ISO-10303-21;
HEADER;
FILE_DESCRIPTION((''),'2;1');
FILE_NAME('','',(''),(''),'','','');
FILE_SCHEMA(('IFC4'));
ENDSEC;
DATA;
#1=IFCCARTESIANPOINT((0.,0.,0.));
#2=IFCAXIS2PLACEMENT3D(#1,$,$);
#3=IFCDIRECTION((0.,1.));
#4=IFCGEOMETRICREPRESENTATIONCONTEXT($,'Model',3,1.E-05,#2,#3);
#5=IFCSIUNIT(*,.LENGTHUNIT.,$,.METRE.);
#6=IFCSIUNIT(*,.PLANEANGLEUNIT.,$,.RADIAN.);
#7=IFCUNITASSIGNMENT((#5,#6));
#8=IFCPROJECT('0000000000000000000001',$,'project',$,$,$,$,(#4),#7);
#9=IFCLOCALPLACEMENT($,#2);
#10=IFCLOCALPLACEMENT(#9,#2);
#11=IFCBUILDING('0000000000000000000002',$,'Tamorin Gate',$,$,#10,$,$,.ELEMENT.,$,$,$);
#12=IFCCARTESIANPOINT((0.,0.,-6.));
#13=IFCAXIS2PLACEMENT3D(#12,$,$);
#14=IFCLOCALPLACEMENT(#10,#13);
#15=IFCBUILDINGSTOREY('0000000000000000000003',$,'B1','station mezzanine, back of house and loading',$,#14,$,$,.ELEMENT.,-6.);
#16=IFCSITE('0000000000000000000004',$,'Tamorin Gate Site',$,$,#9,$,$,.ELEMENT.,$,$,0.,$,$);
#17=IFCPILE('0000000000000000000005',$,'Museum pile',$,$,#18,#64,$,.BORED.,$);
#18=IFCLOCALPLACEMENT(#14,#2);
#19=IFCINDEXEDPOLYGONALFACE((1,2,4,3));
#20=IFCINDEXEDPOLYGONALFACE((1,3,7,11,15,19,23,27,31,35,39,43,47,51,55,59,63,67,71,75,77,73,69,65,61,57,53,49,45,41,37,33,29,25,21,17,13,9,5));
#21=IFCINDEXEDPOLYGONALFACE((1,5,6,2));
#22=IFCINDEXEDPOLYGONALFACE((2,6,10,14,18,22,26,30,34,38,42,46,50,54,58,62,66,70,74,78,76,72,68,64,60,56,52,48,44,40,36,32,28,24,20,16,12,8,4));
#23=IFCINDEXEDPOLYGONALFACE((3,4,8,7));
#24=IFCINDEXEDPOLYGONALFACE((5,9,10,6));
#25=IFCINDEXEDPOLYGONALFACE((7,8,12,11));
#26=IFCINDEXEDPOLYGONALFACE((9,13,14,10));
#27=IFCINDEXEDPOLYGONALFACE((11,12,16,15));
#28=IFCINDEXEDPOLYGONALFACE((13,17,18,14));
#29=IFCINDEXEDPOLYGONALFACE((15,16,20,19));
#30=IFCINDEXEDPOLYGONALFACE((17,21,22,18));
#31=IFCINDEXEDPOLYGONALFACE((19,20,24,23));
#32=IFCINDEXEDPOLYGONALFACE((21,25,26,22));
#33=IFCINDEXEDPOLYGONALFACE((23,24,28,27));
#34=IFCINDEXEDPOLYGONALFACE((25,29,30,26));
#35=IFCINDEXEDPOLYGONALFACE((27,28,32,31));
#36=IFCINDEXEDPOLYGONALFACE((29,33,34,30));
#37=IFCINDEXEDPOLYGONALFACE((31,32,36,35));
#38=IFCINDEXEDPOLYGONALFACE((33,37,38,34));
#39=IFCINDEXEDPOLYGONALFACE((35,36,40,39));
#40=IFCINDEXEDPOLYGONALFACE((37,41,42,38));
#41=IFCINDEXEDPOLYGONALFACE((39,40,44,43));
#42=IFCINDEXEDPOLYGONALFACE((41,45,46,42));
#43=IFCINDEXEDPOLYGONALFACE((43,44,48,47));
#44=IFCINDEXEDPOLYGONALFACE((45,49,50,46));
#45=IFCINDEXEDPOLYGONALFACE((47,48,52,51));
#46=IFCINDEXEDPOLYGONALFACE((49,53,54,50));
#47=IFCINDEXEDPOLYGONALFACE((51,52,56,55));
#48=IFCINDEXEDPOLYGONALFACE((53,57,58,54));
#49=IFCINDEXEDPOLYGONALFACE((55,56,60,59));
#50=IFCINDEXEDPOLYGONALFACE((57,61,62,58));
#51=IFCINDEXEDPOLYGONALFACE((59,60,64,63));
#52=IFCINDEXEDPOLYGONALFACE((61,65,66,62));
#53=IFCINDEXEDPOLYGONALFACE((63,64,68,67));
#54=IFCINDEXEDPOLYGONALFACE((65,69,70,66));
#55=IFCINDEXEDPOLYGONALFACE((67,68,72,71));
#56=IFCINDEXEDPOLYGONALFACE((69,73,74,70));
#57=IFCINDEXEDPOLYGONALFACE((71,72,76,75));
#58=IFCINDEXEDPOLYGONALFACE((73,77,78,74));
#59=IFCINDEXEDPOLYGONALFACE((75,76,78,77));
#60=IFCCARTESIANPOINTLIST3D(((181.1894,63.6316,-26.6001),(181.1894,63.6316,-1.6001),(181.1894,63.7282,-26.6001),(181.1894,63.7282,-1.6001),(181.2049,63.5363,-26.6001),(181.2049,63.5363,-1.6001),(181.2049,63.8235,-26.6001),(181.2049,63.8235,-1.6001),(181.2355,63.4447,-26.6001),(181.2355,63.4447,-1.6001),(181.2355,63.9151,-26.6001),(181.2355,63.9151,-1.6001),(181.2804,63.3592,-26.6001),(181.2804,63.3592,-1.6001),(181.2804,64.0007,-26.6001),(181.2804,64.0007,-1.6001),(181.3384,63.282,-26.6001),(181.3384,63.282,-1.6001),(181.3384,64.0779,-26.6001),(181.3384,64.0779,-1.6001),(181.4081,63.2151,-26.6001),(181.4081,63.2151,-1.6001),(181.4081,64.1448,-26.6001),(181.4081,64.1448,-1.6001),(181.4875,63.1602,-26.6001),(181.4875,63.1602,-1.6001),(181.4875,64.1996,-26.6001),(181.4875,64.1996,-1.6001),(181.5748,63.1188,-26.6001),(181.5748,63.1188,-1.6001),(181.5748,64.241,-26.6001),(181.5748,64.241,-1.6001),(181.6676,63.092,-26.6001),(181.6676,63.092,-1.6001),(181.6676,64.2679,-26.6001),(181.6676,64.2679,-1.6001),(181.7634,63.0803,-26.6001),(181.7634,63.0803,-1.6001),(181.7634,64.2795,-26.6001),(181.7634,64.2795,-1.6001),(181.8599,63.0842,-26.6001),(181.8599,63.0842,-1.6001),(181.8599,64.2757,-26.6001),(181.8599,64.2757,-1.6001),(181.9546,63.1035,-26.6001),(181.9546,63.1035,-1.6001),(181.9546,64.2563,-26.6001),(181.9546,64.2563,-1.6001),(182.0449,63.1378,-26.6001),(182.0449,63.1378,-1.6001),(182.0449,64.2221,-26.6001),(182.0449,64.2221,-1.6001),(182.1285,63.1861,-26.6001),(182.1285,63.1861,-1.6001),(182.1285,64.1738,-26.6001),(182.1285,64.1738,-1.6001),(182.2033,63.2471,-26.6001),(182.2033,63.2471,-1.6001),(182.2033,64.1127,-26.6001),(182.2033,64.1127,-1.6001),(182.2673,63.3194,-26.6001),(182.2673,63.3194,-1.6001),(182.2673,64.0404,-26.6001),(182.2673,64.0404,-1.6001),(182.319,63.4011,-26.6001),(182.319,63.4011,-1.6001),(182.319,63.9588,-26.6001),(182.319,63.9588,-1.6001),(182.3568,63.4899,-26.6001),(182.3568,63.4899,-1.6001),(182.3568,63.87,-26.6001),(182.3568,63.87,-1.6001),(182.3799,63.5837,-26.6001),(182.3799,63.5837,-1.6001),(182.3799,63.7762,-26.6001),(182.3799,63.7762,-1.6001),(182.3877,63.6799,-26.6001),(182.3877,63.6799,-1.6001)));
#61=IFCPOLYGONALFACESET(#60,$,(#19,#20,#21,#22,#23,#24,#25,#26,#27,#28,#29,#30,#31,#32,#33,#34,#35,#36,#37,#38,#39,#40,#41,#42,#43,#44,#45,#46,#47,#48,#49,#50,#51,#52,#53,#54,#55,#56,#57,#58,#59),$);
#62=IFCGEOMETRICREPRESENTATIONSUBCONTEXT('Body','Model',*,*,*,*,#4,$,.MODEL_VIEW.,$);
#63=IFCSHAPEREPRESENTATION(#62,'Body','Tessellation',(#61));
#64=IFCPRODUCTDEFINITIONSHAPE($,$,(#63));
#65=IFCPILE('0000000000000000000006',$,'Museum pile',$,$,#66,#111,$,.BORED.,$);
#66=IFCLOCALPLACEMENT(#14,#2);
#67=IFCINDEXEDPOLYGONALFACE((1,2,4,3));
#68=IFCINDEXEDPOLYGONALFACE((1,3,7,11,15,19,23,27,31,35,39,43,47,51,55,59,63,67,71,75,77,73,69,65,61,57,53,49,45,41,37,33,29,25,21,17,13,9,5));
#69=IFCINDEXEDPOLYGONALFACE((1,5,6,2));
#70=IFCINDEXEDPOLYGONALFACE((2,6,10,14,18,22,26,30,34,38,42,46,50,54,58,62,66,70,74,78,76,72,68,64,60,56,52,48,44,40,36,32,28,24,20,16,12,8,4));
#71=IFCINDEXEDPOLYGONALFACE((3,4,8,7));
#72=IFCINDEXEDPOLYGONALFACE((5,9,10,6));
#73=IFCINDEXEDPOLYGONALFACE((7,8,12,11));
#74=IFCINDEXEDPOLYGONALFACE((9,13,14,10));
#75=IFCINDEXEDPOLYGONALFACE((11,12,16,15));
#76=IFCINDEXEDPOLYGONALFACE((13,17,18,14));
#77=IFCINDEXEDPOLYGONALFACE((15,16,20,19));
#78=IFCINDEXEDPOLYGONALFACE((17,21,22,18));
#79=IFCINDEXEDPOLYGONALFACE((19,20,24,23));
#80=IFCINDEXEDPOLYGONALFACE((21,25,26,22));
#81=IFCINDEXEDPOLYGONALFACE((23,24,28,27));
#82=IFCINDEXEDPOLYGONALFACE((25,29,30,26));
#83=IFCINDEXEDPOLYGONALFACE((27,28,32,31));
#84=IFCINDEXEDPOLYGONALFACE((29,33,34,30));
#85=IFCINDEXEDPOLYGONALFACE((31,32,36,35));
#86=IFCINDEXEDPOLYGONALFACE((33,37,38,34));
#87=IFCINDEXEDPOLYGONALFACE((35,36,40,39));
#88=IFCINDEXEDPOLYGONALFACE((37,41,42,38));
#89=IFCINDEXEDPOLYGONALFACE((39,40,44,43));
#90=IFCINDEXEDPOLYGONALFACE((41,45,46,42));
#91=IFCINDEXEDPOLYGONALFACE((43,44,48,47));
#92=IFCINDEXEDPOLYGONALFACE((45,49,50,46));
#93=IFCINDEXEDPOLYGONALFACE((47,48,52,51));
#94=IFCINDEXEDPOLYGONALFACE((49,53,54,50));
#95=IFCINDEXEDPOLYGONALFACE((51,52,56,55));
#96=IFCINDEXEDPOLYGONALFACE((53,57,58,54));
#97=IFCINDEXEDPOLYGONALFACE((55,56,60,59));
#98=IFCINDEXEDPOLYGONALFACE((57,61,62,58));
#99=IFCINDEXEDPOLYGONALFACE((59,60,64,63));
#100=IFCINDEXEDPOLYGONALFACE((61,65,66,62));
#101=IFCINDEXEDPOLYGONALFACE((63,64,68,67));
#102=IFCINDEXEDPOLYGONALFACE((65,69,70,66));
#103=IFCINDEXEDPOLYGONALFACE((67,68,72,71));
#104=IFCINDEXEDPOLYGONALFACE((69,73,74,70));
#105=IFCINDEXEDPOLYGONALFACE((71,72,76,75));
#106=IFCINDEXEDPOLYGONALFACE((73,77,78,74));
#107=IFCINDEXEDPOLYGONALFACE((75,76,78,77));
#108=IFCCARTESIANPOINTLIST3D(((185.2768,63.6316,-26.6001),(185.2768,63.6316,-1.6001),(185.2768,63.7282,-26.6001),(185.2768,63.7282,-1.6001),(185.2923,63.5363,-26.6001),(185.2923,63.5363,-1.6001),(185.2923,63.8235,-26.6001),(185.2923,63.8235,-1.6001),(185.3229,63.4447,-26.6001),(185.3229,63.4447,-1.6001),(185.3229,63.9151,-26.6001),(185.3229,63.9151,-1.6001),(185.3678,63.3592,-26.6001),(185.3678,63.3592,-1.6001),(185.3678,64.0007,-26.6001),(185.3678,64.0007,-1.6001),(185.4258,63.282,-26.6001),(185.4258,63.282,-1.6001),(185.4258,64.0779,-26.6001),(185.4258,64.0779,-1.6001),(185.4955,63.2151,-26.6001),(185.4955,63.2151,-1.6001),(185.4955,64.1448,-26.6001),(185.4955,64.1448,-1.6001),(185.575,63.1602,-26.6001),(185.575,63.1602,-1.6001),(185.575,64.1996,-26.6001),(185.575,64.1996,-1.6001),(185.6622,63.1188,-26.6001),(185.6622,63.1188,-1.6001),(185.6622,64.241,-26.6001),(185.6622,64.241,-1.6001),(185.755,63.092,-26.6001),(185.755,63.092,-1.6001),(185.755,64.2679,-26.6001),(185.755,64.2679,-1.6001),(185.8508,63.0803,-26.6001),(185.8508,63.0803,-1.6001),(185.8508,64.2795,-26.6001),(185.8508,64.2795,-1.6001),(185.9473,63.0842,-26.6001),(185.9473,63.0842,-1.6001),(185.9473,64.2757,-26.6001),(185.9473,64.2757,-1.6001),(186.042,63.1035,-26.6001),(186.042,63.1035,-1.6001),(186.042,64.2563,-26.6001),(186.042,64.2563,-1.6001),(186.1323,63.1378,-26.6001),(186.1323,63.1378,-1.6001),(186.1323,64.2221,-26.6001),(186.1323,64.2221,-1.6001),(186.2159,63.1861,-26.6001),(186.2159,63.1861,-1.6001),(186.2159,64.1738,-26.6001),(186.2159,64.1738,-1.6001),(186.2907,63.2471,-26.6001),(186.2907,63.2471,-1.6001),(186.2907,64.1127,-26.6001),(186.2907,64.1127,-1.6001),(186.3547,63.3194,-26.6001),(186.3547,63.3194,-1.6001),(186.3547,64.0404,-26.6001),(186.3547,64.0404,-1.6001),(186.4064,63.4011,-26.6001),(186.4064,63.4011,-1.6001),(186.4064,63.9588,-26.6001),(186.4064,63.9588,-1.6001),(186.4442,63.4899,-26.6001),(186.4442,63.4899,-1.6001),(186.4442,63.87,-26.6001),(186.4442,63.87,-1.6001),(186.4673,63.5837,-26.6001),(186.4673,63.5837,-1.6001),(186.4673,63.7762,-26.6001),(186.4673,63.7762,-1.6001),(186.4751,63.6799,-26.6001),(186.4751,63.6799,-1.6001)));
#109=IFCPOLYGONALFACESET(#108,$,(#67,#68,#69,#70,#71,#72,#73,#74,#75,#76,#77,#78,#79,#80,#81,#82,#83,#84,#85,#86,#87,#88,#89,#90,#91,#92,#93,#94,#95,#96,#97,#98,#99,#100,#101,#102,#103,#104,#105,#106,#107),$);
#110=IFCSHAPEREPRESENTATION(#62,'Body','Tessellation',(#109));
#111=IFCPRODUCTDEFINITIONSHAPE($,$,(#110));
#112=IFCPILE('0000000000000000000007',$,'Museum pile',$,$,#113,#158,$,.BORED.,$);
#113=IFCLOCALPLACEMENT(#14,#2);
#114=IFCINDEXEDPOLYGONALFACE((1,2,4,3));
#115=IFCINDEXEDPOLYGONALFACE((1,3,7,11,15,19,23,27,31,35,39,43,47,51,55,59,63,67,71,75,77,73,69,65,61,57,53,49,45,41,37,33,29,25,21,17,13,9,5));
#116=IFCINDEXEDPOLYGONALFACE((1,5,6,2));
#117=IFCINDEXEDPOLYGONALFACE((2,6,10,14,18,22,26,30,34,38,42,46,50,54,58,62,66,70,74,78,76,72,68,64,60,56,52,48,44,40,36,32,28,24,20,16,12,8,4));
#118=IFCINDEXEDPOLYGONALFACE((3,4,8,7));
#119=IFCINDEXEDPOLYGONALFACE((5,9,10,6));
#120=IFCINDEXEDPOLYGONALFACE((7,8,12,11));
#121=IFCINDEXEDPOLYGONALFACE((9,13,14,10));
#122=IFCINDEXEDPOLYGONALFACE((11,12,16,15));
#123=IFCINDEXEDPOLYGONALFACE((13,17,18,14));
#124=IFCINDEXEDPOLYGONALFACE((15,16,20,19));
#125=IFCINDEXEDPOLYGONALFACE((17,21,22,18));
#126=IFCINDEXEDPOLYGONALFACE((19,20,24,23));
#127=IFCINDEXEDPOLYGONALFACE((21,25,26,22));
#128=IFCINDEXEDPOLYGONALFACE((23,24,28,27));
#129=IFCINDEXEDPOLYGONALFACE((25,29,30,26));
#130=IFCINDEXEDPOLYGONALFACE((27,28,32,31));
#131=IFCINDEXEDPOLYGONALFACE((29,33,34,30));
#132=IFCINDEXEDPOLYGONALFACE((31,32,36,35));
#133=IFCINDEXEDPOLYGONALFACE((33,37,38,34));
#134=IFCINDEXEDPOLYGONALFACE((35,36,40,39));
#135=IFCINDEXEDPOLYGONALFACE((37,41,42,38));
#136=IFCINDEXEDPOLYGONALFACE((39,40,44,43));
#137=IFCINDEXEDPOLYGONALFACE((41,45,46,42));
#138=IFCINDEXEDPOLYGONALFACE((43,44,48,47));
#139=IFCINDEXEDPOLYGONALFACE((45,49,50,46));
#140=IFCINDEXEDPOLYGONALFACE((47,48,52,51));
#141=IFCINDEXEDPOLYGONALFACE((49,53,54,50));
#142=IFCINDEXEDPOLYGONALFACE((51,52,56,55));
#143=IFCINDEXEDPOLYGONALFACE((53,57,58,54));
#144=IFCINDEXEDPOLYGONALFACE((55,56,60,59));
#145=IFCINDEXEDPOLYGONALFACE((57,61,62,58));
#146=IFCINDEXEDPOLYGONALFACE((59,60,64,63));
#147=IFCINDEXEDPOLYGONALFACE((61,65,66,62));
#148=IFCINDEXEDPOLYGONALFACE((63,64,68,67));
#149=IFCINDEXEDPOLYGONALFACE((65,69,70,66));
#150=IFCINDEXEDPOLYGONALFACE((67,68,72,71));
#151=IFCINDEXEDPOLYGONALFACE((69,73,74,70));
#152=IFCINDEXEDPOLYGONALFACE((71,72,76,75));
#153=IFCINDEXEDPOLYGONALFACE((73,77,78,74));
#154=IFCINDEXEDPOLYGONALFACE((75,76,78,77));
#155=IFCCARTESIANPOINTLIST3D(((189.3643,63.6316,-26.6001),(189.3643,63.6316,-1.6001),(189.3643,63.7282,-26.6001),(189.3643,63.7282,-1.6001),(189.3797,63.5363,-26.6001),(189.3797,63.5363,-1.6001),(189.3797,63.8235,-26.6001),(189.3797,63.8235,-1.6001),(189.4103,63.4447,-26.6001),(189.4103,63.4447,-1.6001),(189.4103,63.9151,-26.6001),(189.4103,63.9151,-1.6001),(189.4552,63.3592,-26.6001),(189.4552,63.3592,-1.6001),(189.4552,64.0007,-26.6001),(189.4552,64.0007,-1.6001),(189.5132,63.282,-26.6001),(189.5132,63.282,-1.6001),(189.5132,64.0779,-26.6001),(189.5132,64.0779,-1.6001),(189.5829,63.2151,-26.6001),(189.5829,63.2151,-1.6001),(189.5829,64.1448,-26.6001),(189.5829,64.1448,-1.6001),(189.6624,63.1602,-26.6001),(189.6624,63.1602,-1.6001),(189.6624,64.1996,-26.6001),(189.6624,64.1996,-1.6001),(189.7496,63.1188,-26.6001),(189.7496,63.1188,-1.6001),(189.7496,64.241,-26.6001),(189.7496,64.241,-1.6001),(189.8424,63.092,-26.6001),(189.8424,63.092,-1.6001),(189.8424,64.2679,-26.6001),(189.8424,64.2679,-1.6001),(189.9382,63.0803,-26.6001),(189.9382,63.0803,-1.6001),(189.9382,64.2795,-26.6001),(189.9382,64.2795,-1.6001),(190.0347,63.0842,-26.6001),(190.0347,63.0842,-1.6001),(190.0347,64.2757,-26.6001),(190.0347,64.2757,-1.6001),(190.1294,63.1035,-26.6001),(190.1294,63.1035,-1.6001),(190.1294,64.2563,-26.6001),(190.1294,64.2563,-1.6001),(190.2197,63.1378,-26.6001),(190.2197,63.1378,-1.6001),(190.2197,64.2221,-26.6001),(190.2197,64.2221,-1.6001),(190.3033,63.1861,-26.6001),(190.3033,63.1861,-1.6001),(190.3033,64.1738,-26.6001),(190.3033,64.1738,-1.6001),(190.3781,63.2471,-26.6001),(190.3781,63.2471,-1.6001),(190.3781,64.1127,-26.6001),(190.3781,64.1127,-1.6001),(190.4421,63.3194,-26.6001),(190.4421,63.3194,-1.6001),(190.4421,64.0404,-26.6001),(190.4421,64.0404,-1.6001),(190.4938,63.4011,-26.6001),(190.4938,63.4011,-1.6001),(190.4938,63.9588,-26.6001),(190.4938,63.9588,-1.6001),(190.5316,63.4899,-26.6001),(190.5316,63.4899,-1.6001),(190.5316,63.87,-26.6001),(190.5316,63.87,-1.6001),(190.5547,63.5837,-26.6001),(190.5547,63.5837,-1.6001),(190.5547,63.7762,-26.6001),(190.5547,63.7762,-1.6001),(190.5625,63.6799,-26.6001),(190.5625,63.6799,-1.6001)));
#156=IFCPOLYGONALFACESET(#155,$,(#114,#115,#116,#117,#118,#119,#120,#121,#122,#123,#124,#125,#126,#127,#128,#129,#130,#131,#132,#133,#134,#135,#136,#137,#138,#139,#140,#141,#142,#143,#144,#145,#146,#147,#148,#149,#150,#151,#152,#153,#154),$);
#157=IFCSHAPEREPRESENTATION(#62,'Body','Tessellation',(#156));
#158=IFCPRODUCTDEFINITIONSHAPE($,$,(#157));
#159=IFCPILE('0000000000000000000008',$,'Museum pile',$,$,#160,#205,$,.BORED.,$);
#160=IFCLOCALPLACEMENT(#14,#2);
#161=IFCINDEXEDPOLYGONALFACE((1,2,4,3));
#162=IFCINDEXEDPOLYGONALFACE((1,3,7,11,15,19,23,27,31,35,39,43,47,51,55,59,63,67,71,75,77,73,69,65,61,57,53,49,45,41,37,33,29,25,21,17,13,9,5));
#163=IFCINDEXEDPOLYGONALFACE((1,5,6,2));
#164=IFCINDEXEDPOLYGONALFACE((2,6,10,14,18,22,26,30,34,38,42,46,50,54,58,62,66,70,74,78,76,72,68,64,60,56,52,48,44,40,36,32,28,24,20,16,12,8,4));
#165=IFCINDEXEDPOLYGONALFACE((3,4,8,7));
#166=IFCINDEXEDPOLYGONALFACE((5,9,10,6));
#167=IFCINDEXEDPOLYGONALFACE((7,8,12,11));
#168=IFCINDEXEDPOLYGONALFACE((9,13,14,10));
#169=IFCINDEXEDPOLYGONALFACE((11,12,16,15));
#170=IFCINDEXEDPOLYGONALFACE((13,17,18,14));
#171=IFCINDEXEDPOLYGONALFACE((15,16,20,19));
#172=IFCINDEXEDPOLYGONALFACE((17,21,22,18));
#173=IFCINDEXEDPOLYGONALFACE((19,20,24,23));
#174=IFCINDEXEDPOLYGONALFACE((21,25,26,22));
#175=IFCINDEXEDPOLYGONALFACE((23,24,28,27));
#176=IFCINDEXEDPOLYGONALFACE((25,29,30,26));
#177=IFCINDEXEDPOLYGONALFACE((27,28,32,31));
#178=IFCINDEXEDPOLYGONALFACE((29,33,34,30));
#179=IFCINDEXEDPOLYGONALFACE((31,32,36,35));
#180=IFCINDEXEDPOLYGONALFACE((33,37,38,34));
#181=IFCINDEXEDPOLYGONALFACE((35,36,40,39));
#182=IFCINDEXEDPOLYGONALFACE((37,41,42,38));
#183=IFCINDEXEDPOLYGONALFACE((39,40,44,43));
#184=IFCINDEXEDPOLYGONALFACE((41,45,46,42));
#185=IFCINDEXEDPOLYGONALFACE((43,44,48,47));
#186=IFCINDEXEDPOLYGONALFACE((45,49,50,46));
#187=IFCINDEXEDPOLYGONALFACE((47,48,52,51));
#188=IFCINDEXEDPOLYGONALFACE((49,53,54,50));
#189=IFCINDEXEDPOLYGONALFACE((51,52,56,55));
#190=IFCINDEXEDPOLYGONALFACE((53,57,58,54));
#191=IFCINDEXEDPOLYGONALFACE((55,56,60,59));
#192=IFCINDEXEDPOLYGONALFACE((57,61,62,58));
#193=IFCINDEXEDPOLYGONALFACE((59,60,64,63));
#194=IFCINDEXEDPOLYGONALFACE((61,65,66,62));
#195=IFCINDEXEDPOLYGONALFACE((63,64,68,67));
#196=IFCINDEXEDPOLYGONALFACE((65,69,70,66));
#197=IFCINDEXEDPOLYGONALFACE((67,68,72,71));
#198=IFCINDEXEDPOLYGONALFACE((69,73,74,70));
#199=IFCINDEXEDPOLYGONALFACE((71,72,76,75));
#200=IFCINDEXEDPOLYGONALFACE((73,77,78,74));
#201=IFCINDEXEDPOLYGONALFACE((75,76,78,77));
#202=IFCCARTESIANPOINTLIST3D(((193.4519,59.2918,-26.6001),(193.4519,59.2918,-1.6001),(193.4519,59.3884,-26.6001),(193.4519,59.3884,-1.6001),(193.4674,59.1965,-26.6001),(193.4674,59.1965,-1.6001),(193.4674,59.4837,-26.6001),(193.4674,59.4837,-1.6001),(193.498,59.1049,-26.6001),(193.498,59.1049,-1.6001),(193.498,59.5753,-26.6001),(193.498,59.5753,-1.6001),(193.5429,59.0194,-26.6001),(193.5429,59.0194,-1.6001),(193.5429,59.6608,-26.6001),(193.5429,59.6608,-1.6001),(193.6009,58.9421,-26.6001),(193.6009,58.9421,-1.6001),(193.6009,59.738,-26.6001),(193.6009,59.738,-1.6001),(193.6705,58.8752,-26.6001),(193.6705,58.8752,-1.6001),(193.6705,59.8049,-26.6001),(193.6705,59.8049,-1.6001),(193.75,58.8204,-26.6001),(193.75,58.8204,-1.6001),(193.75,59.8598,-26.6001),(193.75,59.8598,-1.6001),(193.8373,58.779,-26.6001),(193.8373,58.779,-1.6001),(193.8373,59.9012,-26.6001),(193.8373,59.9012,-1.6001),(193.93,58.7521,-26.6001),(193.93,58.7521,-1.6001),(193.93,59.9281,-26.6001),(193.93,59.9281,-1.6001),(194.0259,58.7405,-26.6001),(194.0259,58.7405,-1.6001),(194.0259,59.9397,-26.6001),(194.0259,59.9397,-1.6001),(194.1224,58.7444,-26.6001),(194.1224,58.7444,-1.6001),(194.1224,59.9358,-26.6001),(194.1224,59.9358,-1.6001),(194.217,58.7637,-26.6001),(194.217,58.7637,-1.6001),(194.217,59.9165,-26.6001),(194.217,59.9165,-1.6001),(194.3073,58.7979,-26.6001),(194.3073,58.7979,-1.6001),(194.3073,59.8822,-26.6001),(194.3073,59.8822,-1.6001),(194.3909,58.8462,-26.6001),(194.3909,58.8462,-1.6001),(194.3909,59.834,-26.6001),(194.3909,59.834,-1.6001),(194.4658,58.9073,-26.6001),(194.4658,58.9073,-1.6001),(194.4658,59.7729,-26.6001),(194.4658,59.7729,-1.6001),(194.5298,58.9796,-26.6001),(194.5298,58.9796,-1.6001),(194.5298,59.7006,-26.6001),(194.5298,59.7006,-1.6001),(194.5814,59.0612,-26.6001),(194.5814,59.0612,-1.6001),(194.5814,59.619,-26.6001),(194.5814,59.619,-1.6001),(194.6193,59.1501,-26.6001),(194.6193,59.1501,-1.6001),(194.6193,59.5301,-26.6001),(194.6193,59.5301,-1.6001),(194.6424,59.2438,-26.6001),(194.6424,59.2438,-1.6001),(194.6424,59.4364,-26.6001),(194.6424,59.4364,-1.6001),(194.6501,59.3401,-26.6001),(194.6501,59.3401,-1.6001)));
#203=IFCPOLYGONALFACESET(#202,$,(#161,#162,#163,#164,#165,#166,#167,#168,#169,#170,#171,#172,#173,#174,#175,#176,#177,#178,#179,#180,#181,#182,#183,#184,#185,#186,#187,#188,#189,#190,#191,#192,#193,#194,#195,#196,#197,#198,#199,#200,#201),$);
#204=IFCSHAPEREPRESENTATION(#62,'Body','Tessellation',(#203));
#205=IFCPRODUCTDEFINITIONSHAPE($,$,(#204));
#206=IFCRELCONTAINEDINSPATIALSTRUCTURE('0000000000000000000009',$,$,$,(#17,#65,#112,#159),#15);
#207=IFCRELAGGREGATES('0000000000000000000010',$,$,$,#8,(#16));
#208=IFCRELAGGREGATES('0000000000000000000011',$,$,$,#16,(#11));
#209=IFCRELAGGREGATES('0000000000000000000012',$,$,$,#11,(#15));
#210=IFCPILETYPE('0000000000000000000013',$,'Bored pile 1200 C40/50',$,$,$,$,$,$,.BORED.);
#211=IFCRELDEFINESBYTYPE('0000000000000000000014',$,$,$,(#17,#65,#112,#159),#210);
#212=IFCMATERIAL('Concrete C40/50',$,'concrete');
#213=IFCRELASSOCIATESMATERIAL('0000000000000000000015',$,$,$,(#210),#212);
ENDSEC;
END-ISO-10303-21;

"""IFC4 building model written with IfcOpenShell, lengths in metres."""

from ifc_helpers import new_model, si_unit, direction, frame, origin, origin_2d, place, context, subcontext, project, spatial, circle, extrude, material, material_profile, profile_set, type_object, element, save


model = new_model("IFC4")

# Units and contexts
model_context = context("Model", 3, precision=1e-05, world=origin(), true_north=direction((0.0, 1.0)))
body_context = subcontext(model_context, "Body", "Model", "MODEL_VIEW")
ifc_project = project(units=[si_unit("LENGTHUNIT", "METRE"), si_unit("PLANEANGLEUNIT", "RADIAN")], contexts=[model_context])

# Site, building, storey
site_placement = place(None, origin())
site = spatial("IfcSite", under=ifc_project, at=site_placement, Name="Tamorin Gate Site", CompositionType="ELEMENT", RefElevation=0.0)
building_placement = place(site_placement, origin())
building = spatial("IfcBuilding", under=site, at=building_placement, Name="Tamorin Gate", CompositionType="ELEMENT")
storey_placement = place(building_placement, frame((0.0, 0.0, -6.0)))
storey = spatial("IfcBuildingStorey", under=building, at=storey_placement, Name="B1", Description="station mezzanine, back of house and loading", CompositionType="ELEMENT", Elevation=-6.0)

# Piles
ifc_material_1 = material(Name="Concrete C40/50", Category="concrete")
ifc_material_profile_1 = material_profile(ifc_material_1, circle(Radius=0.6001, at=origin_2d()))
ifc_profile_set_1 = profile_set([ifc_material_profile_1], Name="Concrete C40/50")
pile_type_1 = type_object("IfcPileType", Name="Bored pile 1200 C40/50", PredefinedType="BORED", material=ifc_profile_set_1)
for number, where, z_axis, x_axis, name in (
    (1, (181.7876, 63.6799, -1.6001), (0.0, 0.0, -1.0), (1.0, 0.0, 0.0), "Museum pile"),
    (2, (185.875, 63.6799, -1.6001), (0.0, 0.0, -1.0), (1.0, 0.0, 0.0), "Museum pile"),
    (3, (189.9624, 63.6799, -1.6001), (0.0, 0.0, -1.0), (1.0, 0.0, 0.0), "Museum pile"),
    (4, (194.05, 59.3401, -1.6001), (0.0, 0.0, -1.0), (1.0, 0.0, 0.0), "Museum pile"),
):
    element("IfcPile", number, at=place(storey_placement, frame(where, z_axis=z_axis, x_axis=x_axis)), inside=storey, type_object=pile_type_1, Name=name, PredefinedType="BORED", context=body_context, shape_type="SweptSolid", body=[
        extrude(circle(Radius=0.6001, at=origin_2d()), origin(), (0.0, 0.0, 1.0), 25.0),
    ])

save(model, "model.ifc")
